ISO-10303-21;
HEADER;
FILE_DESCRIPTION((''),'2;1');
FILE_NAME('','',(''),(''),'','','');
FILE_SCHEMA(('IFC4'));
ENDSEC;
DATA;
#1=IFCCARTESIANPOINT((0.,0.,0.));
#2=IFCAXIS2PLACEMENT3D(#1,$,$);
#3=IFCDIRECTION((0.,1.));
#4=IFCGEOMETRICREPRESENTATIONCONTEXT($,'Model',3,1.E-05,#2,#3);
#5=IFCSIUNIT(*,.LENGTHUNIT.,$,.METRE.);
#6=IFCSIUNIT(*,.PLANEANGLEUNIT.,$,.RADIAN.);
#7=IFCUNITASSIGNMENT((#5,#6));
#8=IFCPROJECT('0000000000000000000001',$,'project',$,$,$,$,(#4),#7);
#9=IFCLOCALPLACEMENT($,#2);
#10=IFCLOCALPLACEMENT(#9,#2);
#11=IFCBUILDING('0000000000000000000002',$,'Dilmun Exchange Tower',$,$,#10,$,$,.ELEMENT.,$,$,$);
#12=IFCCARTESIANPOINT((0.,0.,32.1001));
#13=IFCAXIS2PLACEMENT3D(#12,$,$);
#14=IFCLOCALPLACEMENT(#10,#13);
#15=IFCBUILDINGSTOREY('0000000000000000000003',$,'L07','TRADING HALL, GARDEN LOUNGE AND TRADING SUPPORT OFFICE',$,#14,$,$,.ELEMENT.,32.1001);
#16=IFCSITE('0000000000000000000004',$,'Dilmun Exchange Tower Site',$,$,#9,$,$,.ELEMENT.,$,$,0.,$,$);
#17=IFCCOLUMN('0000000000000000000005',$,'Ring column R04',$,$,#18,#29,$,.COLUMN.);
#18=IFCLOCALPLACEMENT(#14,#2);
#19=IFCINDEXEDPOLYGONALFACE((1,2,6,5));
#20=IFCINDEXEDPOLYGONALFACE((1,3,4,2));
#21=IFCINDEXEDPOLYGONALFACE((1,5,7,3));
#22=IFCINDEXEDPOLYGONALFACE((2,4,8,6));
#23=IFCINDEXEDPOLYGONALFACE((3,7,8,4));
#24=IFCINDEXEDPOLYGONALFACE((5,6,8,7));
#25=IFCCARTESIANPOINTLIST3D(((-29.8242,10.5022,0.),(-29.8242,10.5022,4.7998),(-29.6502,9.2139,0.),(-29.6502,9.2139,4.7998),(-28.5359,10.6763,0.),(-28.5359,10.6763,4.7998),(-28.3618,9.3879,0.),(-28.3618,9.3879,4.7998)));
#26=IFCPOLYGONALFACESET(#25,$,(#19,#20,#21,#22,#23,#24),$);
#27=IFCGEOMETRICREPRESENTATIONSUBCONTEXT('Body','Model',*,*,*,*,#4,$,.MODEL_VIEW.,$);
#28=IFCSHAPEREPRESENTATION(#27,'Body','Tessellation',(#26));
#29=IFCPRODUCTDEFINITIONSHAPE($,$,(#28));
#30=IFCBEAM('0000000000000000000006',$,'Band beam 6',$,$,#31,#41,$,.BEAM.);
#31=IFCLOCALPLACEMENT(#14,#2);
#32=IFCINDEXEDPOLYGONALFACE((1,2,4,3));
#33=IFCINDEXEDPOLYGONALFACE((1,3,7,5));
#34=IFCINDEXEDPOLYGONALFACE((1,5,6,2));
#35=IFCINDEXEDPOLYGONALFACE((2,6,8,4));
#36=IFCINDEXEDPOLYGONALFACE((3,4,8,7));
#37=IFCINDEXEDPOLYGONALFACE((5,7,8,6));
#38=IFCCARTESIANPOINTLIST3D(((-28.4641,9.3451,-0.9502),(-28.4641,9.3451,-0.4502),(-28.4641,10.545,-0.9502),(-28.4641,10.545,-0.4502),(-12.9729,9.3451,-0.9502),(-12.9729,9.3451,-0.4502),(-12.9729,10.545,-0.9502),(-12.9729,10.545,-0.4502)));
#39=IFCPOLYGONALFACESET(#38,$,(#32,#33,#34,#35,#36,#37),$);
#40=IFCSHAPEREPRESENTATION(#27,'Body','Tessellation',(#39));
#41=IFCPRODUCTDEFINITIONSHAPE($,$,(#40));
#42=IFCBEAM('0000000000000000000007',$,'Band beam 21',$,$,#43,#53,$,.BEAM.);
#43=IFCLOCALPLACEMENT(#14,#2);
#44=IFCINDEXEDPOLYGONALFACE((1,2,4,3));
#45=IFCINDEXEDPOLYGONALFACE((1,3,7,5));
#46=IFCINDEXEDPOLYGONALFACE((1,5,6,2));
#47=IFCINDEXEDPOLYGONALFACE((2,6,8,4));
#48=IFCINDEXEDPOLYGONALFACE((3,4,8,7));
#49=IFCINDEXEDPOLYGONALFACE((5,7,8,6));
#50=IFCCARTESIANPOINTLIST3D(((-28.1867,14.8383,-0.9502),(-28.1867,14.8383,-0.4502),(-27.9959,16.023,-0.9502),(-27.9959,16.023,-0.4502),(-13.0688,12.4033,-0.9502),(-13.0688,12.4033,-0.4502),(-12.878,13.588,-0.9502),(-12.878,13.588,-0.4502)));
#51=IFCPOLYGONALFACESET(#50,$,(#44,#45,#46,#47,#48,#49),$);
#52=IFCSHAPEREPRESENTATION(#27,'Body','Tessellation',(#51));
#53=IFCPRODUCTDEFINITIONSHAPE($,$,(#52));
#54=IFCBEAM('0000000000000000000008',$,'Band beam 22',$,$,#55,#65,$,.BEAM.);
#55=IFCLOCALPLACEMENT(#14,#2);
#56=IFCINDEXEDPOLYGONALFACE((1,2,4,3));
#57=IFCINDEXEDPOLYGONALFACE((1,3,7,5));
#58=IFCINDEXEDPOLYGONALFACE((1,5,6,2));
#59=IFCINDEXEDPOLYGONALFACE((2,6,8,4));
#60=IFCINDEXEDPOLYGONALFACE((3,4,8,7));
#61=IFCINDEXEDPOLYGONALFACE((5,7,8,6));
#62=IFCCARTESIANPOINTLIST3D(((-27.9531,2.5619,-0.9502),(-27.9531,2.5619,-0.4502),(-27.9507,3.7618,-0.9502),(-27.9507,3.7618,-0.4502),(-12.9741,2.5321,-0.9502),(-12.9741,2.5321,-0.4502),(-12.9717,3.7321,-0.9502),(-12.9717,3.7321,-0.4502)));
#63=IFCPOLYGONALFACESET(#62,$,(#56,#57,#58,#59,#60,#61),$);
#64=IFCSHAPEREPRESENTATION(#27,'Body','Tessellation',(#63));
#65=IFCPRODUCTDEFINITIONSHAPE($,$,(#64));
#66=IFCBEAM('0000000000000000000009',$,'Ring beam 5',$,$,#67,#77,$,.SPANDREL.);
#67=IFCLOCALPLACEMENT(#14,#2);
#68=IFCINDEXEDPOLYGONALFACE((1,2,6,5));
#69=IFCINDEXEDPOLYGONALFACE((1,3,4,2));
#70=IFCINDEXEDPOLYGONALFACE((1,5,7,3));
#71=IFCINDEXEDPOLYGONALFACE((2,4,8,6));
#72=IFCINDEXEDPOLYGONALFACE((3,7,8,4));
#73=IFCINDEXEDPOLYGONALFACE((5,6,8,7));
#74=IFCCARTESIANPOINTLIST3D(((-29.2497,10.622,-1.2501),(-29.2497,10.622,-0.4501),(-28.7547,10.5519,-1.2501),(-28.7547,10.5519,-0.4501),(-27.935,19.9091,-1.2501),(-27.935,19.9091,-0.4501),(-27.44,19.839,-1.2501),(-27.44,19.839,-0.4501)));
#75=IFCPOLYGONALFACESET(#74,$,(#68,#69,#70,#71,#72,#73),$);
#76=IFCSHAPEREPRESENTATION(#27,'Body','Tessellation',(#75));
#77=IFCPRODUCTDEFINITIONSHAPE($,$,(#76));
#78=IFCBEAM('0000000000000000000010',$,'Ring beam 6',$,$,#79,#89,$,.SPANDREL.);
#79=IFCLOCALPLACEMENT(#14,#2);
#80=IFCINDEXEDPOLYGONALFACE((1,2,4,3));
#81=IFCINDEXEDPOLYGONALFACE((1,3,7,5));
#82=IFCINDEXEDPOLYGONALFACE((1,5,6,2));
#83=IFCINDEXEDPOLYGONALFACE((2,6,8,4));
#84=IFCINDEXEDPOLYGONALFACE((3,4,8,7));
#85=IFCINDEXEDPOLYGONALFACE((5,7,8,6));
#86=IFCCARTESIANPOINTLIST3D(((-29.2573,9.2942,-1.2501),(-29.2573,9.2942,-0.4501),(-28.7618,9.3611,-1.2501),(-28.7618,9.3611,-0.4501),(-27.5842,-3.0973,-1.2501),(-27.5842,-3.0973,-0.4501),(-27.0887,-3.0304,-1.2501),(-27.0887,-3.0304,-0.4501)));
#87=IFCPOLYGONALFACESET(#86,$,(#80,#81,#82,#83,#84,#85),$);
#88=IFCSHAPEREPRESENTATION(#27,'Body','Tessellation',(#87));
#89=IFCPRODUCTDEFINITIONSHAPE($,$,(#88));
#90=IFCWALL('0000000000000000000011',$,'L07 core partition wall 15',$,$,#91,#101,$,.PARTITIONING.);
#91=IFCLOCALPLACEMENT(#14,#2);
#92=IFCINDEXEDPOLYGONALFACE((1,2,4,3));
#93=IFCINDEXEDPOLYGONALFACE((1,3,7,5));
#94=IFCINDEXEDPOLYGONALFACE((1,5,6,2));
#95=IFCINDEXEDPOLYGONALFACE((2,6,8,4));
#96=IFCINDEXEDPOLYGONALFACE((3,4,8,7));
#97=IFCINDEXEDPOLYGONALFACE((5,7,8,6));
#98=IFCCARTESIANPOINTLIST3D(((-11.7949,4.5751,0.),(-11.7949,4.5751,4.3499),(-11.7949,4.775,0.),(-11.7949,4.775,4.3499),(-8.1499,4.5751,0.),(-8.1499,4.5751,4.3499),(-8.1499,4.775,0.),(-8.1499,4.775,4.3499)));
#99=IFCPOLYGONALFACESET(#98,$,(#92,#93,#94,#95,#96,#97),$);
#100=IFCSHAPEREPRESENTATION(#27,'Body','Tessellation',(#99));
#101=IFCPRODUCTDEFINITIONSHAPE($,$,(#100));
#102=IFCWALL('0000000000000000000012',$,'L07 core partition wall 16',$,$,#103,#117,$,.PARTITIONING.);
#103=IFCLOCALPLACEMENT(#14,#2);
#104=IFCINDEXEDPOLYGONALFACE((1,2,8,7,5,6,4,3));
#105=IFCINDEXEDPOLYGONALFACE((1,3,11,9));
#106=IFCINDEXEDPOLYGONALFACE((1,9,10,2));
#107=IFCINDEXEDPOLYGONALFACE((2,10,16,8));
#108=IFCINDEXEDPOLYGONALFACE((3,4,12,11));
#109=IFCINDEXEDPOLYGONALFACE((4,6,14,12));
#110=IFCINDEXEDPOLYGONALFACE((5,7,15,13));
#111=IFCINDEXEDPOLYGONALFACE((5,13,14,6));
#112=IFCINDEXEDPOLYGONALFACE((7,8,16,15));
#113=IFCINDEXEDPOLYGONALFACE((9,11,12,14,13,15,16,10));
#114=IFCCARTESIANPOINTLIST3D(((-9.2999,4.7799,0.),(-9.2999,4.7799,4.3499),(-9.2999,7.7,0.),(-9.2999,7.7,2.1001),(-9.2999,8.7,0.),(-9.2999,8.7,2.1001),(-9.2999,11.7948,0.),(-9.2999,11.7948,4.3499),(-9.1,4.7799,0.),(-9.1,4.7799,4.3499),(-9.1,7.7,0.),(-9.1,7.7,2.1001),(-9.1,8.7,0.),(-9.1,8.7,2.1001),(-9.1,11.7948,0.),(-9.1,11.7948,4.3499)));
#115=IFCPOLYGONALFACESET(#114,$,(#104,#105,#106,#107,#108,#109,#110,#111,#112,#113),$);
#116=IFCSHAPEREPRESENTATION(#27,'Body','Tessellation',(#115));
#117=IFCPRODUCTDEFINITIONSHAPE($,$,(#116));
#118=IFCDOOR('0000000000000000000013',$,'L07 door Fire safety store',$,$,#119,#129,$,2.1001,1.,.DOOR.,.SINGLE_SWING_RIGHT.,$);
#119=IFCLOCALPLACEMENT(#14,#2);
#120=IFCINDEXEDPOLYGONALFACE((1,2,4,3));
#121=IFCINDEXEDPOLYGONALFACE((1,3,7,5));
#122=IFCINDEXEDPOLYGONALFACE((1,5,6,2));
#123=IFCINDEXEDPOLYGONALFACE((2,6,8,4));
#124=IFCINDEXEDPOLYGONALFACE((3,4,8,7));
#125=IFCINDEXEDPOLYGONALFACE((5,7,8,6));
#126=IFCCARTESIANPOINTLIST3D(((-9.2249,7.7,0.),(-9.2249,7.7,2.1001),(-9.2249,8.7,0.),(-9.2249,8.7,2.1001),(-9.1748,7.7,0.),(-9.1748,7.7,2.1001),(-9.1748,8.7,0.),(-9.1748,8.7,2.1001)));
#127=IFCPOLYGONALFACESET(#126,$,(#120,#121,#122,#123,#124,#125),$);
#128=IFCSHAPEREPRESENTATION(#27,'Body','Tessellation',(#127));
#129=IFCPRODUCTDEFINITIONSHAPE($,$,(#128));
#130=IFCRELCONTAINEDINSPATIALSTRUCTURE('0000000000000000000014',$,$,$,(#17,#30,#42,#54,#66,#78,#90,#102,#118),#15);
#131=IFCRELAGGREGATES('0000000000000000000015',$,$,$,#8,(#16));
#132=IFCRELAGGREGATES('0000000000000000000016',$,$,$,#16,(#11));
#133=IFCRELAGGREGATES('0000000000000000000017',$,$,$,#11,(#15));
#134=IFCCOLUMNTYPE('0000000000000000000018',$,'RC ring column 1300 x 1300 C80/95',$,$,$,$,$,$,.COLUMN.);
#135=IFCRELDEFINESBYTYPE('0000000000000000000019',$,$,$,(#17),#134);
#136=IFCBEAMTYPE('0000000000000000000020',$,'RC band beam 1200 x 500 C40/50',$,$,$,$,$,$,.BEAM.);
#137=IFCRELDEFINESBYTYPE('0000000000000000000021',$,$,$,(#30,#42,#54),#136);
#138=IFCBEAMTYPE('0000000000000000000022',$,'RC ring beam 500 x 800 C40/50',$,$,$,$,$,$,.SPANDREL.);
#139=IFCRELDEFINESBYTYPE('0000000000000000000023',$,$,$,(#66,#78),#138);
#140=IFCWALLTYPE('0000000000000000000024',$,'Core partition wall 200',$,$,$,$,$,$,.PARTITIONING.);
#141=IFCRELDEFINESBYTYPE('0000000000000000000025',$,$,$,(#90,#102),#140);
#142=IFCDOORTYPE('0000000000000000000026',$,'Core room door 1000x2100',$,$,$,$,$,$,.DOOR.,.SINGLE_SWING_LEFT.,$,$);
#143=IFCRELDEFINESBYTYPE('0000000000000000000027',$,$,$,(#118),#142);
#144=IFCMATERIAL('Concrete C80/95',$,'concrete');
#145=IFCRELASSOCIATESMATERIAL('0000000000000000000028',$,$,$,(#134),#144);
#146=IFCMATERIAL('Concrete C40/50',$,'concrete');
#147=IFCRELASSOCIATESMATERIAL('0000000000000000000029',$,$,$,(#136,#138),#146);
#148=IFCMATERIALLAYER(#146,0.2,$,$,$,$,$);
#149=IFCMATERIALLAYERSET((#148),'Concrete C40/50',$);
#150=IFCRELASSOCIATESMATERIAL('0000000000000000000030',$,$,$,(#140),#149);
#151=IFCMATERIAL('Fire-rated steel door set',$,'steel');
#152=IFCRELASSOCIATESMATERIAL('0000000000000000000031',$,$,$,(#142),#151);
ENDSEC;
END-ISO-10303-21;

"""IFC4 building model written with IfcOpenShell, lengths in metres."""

from ifc_helpers import new_model, si_unit, direction, frame, frame_2d, origin, origin_2d, place, context, subcontext, project, spatial, rectangle, extrude, material, layer, layer_set, material_profile, profile_set, type_object, element, fill, save


model = new_model("IFC4")

# Units and contexts
model_context = context("Model", 3, precision=1e-05, world=origin(), true_north=direction((0.0, 1.0)))
body_context = subcontext(model_context, "Body", "Model", "MODEL_VIEW")
ifc_project = project(units=[si_unit("LENGTHUNIT", "METRE"), si_unit("PLANEANGLEUNIT", "RADIAN")], contexts=[model_context])

# Site, building, storey
site_placement = place(None, origin())
site = spatial("IfcSite", under=ifc_project, at=site_placement, Name="Dilmun Exchange Tower Site", CompositionType="ELEMENT", RefElevation=0.0)
building_placement = place(site_placement, origin())
building = spatial("IfcBuilding", under=site, at=building_placement, Name="Dilmun Exchange Tower", CompositionType="ELEMENT")
storey_placement = place(building_placement, frame((0.0, 0.0, 32.1001)))
storey = spatial("IfcBuildingStorey", under=building, at=storey_placement, Name="L07", Description="TRADING HALL, GARDEN LOUNGE AND TRADING SUPPORT OFFICE", CompositionType="ELEMENT", Elevation=32.1001)

# Column
ifc_material_1 = material(Name="Concrete C80/95", Category="concrete")
ifc_material_profile_1 = material_profile(ifc_material_1, rectangle(XDim=1.3, YDim=1.3, at=origin_2d()), Name="1300 x 1300")
ifc_profile_set_1 = profile_set([ifc_material_profile_1], Name="Concrete C80/95")
column_type = type_object("IfcColumnType", Name="RC ring column 1300 x 1300 C80/95", PredefinedType="COLUMN", material=ifc_profile_set_1)
column_placement = place(storey_placement, frame((-29.093, 9.9451, 0.0), z_axis=(0.0, 0.0, 1.0), x_axis=(0.991001, 0.133853, 0.0)))
element("IfcColumn", 1, at=column_placement, inside=storey, type_object=column_type, Name="Ring column R04", PredefinedType="COLUMN", context=body_context, shape_type="SweptSolid", body=[
    extrude(rectangle(XDim=1.3, YDim=1.3, at=origin_2d()), origin(), (0.0, 0.0, 1.0), 4.7998),
])

# Beams
ifc_material_2 = material(Name="Concrete C40/50", Category="concrete")
ifc_material_profile_2 = material_profile(ifc_material_2, rectangle(XDim=1.2, YDim=0.5, at=origin_2d()), Name="1200 x 500")
ifc_profile_set_2 = profile_set([ifc_material_profile_2], Name="Concrete C40/50")
beam_type_1 = type_object("IfcBeamType", Name="RC band beam 1200 x 500 C40/50", PredefinedType="BEAM", material=ifc_profile_set_2)
beam_1_placement = place(storey_placement, frame((-28.4641, 9.9451, -0.7002), z_axis=(1.0, 0.0, 0.0), x_axis=(0.0, 1.0, 0.0)))
element("IfcBeam", 2, at=beam_1_placement, inside=storey, type_object=beam_type_1, Name="Band beam 6", PredefinedType="BEAM", context=body_context, shape_type="SweptSolid", body=[
    extrude(rectangle(XDim=1.2, YDim=0.5, at=origin_2d()), origin(), (0.0, 0.0, 1.0), 15.4912),
])
beam_2_placement = place(storey_placement, frame((-28.0913, 15.4307, -0.7002), z_axis=(0.987275, -0.159021, 0.0), x_axis=(0.159021, 0.987275, 0.0)))
element("IfcBeam", 3, at=beam_2_placement, inside=storey, type_object=beam_type_1, Name="Band beam 21", PredefinedType="BEAM", context=body_context, shape_type="SweptSolid", body=[
    extrude(rectangle(XDim=1.2, YDim=0.5, at=origin_2d()), origin(), (0.0, 0.0, 1.0), 15.3127),
])
beam_3_placement = place(storey_placement, frame((-27.9519, 3.1619, -0.7002), z_axis=(0.999998, -0.001988, 0.0), x_axis=(0.001988, 0.999998, 0.0)))
element("IfcBeam", 4, at=beam_3_placement, inside=storey, type_object=beam_type_1, Name="Band beam 22", PredefinedType="BEAM", context=body_context, shape_type="SweptSolid", body=[
    extrude(rectangle(XDim=1.2, YDim=0.5, at=origin_2d()), origin(), (0.0, 0.0, 1.0), 14.979),
])
ifc_material_profile_3 = material_profile(ifc_material_2, rectangle(XDim=0.5, YDim=0.8, at=origin_2d()), Name="500 x 800")
ifc_profile_set_3 = profile_set([ifc_material_profile_3], Name="Concrete C40/50")
beam_type_2 = type_object("IfcBeamType", Name="RC ring beam 500 x 800 C40/50", PredefinedType="SPANDREL", material=ifc_profile_set_3)
beam_4_placement = place(storey_placement, frame((-27.6875, 19.874, -0.8501), z_axis=(-0.140164, -0.990128, 0.0), x_axis=(0.990128, -0.140164, 0.0)))
element("IfcBeam", 5, at=beam_4_placement, inside=storey, type_object=beam_type_2, Name="Ring beam 5", PredefinedType="SPANDREL", context=body_context, shape_type="SweptSolid", body=[
    extrude(rectangle(XDim=0.5, YDim=0.8, at=origin_2d()), origin(), (0.0, 0.0, 1.0), 9.3796),
])
beam_5_placement = place(storey_placement, frame((-29.0095, 9.3276, -0.8501), z_axis=(0.133807, -0.991007, 0.0), x_axis=(0.991007, 0.133807, 0.0)))
element("IfcBeam", 6, at=beam_5_placement, inside=storey, type_object=beam_type_2, Name="Ring beam 6", PredefinedType="SPANDREL", context=body_context, shape_type="SweptSolid", body=[
    extrude(rectangle(XDim=0.5, YDim=0.8, at=origin_2d()), origin(), (0.0, 0.0, 1.0), 12.5039),
])

# Wall
ifc_layer_1 = layer(ifc_material_2, 0.2)
ifc_layer_set_1 = layer_set([ifc_layer_1], Name="Concrete C40/50")
wall_type_1 = type_object("IfcWallType", Name="Core partition wall 200", PredefinedType="PARTITIONING", material=ifc_layer_set_1)
wall_1_placement = place(storey_placement, frame((-11.7949, 4.675, 0.0), z_axis=(0.0, 0.0, 1.0), x_axis=(1.0, 0.0, 0.0)))
element("IfcWall", 7, at=wall_1_placement, inside=storey, type_object=wall_type_1, Name="L07 core partition wall 15", PredefinedType="PARTITIONING", context=body_context, shape_type="SweptSolid", body=[
    extrude(rectangle(XDim=3.645, YDim=0.2, at=frame_2d((1.8225, 0.0))), origin(), (0.0, 0.0, 1.0), 4.3499),
])

# Wall, opening, door
wall_2_placement = place(storey_placement, frame((-9.2, 4.78, 0.0), z_axis=(0.0, 0.0, 1.0), x_axis=(0.0, 1.0, 0.0)))
wall_2 = element("IfcWall", 8, at=wall_2_placement, inside=storey, type_object=wall_type_1, Name="L07 core partition wall 16", PredefinedType="PARTITIONING", context=body_context, shape_type="SweptSolid", body=[
    extrude(rectangle(XDim=7.0149, YDim=0.2, at=frame_2d((3.5073, 0.0))), origin(), (0.0, 0.0, 1.0), 4.3499),
])
opening_1_placement = place(wall_2_placement, frame((2.9199, 0.0, 0.0)))
opening_1 = element("IfcOpeningElement", 9, at=opening_1_placement, cuts=wall_2, PredefinedType="OPENING", context=body_context, shape_type="SweptSolid", body=[
    extrude(rectangle(XDim=1.0, YDim=2.1001, at=frame_2d((0.5, 1.05))), frame((0.0, 0.1099, 0.0), z_axis=(0.0, -1.0, 0.0), x_axis=(1.0, 0.0, 0.0)), (0.0, 0.0, 1.0), 0.22),
])
ifc_material_3 = material(Name="Fire-rated steel door set", Category="steel")
door_type_1 = type_object("IfcDoorType", Name="Core room door 1000x2100", OperationType="SINGLE_SWING_LEFT", PredefinedType="DOOR", material=ifc_material_3)
door_1_placement = place(opening_1_placement, origin())
door_1 = element("IfcDoor", 10, at=door_1_placement, inside=storey, type_object=door_type_1, Name="L07 door Fire safety store", OperationType="SINGLE_SWING_RIGHT", OverallHeight=2.1001, OverallWidth=1.0, PredefinedType="DOOR", context=body_context, shape_type="SweptSolid", body=[
    extrude(rectangle(XDim=1.0, YDim=2.1001, at=frame_2d((0.5, 1.05))), frame((0.0, 0.0249, 0.0), z_axis=(0.0, -1.0, 0.0), x_axis=(1.0, 0.0, 0.0)), (0.0, 0.0, 1.0), 0.05),
])
fill(opening_1, door_1)

save(model, "model.ifc")
